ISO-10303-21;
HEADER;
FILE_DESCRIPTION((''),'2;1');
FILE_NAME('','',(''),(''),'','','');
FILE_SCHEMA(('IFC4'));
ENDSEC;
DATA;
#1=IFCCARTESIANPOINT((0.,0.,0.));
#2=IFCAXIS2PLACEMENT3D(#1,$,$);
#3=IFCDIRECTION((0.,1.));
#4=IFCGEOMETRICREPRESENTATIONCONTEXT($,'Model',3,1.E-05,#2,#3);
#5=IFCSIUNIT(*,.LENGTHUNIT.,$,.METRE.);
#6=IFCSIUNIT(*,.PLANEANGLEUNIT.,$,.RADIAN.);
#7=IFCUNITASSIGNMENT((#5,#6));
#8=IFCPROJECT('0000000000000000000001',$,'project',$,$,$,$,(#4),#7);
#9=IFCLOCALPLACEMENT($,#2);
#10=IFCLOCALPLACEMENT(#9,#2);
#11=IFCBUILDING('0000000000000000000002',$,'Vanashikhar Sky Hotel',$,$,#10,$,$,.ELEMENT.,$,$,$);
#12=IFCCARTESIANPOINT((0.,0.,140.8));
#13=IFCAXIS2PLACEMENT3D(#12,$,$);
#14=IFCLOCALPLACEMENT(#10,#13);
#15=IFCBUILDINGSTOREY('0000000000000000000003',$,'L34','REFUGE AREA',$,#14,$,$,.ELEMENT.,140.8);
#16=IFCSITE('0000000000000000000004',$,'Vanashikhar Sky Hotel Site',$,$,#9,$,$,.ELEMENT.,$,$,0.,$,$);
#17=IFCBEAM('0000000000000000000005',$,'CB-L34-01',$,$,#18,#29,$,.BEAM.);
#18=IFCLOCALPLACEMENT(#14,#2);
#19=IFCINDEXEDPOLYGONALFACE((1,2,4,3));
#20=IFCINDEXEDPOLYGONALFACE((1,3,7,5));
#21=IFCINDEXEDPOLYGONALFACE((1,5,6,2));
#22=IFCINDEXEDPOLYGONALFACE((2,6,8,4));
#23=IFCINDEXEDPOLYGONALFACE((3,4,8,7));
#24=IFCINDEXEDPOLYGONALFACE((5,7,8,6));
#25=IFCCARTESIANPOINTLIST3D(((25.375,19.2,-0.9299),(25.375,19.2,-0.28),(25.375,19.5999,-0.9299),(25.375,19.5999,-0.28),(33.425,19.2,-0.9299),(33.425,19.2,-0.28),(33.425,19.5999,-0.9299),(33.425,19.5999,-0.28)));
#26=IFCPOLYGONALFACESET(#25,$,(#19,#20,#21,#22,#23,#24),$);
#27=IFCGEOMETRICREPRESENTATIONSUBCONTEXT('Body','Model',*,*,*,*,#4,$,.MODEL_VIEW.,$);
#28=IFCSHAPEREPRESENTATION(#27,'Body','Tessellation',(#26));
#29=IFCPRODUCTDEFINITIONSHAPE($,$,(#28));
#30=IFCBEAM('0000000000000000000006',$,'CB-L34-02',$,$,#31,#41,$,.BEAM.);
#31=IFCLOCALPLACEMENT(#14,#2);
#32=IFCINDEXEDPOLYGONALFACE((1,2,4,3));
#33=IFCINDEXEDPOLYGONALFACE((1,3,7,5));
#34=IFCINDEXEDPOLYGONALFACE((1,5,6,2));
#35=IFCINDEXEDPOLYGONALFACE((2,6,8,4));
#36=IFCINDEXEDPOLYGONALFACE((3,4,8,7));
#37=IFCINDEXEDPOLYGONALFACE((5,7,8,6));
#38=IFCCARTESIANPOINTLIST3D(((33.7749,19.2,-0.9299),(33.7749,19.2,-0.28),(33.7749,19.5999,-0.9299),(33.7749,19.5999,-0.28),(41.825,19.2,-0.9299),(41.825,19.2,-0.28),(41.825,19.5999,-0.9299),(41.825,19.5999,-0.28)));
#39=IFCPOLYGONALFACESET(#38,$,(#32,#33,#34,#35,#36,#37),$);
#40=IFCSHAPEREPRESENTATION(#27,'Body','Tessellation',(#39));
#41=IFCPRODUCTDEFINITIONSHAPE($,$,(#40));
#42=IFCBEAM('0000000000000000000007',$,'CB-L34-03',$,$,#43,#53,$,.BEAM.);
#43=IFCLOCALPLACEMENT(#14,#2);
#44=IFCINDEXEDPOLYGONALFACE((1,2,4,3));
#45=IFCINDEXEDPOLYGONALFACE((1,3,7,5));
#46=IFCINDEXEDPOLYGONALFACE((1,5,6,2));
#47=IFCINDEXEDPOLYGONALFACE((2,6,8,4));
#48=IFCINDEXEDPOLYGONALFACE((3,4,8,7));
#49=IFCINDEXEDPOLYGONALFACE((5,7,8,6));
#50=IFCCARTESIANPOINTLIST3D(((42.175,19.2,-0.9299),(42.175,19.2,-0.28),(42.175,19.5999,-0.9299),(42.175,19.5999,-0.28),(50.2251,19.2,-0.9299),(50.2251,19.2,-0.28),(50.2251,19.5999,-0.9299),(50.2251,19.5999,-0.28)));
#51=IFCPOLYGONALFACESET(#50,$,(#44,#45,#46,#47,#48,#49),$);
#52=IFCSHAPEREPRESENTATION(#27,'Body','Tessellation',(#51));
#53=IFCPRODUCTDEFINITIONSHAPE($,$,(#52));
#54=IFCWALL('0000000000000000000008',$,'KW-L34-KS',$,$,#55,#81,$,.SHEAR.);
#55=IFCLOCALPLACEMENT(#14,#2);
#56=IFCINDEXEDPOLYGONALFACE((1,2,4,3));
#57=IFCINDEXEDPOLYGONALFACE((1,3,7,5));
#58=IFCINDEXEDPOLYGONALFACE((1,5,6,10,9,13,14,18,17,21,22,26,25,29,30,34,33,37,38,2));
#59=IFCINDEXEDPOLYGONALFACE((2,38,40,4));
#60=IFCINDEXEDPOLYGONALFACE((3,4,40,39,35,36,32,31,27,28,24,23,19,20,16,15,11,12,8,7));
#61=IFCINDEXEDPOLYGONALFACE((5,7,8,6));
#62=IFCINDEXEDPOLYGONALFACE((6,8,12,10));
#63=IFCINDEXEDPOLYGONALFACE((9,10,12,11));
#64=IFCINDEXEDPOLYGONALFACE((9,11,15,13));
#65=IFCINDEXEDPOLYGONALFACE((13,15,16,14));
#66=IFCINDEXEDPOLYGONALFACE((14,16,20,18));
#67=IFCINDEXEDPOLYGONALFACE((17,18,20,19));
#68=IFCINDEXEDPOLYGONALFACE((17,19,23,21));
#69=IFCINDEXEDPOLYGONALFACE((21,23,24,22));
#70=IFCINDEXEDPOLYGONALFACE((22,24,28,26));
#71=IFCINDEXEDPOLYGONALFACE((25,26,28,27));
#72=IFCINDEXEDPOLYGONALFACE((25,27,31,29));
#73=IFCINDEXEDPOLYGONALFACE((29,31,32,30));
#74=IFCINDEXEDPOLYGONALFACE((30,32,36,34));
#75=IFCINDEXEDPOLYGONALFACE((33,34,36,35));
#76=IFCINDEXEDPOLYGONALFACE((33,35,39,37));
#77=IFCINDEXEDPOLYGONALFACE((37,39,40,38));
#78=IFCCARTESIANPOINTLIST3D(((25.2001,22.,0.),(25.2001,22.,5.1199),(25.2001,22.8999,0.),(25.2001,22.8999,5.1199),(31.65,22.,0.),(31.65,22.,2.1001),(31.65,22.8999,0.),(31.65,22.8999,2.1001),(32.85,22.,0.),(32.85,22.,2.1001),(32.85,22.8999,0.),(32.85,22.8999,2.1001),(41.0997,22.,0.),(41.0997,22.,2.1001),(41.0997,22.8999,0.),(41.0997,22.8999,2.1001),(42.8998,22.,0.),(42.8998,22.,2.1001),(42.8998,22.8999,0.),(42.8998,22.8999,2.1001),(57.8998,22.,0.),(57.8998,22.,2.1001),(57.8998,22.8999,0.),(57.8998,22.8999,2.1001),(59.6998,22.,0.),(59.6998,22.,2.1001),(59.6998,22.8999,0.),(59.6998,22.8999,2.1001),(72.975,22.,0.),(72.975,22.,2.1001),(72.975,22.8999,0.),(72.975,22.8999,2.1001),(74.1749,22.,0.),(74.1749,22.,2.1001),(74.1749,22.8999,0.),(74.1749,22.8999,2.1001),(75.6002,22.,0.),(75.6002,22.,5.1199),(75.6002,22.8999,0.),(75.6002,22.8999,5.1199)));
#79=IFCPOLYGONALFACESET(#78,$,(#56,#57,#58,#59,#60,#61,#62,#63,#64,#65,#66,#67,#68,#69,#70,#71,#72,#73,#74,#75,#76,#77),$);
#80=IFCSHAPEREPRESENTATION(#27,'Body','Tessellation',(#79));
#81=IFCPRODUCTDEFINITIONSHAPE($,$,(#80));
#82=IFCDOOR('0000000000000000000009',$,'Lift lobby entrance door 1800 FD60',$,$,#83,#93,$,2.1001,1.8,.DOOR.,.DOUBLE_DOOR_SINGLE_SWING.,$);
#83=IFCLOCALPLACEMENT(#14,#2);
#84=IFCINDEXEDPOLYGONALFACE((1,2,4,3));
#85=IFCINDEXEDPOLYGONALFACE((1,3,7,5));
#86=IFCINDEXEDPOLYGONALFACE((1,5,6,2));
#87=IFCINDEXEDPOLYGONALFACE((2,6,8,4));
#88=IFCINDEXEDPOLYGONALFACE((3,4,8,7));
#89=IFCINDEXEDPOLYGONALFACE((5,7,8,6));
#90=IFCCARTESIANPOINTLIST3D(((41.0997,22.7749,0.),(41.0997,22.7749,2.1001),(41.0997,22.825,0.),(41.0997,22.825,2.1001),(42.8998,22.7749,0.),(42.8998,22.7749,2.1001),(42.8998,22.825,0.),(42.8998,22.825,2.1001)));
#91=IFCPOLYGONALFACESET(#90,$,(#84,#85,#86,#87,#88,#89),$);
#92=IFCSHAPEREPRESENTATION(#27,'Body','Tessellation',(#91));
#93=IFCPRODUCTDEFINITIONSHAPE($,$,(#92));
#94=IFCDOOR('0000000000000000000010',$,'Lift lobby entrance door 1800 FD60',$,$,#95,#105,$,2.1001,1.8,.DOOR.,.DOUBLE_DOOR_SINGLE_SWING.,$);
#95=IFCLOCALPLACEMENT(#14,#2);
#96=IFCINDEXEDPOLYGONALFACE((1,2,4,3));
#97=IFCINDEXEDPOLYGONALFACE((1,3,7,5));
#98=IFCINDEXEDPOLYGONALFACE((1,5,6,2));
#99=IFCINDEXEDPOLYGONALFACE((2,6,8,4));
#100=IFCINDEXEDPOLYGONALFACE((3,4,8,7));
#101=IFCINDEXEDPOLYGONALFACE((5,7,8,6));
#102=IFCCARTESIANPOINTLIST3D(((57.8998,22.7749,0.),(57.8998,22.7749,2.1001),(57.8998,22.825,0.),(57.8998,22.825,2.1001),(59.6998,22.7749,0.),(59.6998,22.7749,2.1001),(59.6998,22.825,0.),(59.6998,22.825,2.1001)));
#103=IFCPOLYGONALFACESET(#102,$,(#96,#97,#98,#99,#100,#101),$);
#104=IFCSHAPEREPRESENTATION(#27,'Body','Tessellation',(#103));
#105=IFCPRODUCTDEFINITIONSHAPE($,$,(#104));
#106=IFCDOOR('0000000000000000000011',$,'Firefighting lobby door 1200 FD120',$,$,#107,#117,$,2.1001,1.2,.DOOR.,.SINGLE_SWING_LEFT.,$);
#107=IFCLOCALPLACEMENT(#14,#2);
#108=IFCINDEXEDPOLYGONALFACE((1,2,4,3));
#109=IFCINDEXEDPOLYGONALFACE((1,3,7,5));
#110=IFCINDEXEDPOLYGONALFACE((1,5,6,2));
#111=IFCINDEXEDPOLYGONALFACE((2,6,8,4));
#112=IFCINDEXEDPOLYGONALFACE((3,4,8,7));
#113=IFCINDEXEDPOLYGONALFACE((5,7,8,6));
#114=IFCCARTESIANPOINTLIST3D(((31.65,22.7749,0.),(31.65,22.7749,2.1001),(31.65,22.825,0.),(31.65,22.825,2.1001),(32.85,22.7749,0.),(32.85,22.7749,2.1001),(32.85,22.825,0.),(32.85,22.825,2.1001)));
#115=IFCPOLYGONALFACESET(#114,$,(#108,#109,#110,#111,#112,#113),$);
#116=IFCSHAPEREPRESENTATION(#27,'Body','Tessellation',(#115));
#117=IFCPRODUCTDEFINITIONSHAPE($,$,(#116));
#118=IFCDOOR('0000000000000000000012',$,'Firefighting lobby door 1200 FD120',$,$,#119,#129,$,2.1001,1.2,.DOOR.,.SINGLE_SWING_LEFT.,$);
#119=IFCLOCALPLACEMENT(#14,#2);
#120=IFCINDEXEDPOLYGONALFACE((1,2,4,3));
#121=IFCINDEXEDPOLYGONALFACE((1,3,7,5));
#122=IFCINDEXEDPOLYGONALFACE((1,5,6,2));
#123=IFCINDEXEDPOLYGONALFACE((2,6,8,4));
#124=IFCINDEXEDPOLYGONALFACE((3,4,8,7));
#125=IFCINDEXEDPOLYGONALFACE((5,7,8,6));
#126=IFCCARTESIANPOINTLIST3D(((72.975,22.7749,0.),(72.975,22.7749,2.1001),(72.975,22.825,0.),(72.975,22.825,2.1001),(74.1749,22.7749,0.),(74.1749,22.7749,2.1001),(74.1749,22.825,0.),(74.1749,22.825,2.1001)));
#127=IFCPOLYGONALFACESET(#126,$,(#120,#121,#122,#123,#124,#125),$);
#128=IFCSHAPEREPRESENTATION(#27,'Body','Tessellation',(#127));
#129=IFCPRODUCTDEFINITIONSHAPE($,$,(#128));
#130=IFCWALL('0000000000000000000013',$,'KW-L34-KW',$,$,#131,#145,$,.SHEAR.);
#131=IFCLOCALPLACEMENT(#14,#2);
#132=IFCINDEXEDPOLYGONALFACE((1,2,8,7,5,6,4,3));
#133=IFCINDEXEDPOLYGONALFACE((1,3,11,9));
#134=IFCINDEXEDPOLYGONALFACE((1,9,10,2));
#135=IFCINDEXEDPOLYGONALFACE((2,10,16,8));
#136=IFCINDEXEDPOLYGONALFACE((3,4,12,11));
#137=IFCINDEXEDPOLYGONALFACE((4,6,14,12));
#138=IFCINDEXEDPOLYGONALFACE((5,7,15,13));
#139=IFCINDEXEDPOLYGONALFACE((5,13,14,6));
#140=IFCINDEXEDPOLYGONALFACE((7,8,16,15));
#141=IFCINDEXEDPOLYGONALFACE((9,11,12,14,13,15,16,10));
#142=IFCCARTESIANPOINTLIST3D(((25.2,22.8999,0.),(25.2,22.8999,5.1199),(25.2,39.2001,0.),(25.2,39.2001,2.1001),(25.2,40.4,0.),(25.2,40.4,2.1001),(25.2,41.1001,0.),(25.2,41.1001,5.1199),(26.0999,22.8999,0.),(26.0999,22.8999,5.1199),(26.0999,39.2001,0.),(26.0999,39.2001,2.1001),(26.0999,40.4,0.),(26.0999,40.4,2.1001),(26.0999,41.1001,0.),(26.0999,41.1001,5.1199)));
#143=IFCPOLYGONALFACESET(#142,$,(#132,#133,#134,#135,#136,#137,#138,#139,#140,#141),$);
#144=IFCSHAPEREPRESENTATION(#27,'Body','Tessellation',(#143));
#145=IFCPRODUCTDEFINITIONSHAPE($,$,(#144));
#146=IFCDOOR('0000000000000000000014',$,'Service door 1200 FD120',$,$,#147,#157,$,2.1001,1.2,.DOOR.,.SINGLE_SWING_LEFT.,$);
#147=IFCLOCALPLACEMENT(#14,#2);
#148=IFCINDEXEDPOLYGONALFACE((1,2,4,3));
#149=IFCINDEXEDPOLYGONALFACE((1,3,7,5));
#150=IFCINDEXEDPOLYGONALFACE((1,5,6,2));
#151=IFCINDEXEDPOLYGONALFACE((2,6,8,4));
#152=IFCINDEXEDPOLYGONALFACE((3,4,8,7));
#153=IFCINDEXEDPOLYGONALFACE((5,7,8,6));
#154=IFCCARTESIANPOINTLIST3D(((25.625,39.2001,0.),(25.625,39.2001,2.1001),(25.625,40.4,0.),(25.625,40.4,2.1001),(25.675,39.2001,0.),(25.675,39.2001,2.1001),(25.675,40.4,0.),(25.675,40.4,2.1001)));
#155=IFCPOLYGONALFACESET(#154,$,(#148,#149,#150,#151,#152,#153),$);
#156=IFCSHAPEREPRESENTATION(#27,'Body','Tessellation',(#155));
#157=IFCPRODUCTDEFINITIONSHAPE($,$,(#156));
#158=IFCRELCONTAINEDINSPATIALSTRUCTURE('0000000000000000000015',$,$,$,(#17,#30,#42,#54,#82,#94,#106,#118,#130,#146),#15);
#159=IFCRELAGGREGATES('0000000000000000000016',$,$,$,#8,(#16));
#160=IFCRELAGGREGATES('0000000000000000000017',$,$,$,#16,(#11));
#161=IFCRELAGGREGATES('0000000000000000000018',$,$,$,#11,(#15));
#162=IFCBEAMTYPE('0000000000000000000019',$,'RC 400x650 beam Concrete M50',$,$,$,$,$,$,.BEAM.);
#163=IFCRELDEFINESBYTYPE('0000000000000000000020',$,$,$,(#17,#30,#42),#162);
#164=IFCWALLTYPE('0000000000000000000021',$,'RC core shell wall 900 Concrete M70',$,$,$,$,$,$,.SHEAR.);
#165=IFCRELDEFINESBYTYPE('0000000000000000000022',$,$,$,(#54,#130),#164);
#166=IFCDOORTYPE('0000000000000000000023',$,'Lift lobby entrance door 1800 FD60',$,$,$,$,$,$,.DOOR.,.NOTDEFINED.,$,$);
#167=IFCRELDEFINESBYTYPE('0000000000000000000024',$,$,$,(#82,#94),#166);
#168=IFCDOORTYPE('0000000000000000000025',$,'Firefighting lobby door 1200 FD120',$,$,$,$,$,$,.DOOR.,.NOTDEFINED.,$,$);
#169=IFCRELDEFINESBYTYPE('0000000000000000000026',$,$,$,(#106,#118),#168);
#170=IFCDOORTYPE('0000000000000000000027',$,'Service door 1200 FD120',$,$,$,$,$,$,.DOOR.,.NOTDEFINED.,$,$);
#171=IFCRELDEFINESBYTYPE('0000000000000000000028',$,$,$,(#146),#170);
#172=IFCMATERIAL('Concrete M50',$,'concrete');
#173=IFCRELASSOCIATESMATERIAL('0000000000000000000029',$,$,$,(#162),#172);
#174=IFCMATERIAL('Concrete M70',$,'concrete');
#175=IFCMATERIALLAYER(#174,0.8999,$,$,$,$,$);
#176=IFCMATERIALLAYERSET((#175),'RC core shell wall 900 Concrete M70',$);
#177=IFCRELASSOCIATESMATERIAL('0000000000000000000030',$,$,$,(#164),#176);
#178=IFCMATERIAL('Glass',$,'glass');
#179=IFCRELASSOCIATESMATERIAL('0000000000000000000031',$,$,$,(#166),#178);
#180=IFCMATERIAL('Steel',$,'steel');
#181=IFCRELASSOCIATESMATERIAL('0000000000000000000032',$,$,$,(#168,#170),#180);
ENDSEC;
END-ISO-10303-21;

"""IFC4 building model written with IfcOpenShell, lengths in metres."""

from ifc_helpers import new_model, si_unit, direction, frame, frame_2d, origin, origin_2d, place, context, subcontext, project, spatial, rectangle, extrude, source, transform, mapped, material, layer, layer_set, material_profile, profile_set, type_object, element, fill, save


model = new_model("IFC4")

# Units and contexts
model_context = context("Model", 3, precision=1e-05, world=origin(), true_north=direction((0.0, 1.0)))
body_context = subcontext(model_context, "Body", "Model", "MODEL_VIEW")
ifc_project = project(units=[si_unit("LENGTHUNIT", "METRE"), si_unit("PLANEANGLEUNIT", "RADIAN")], contexts=[model_context])

# Site, building, storey
site_placement = place(None, origin())
site = spatial("IfcSite", under=ifc_project, at=site_placement, Name="Vanashikhar Sky Hotel Site", CompositionType="ELEMENT", RefElevation=0.0)
building_placement = place(site_placement, origin())
building = spatial("IfcBuilding", under=site, at=building_placement, Name="Vanashikhar Sky Hotel", CompositionType="ELEMENT")
storey_placement = place(building_placement, frame((0.0, 0.0, 140.8)))
storey = spatial("IfcBuildingStorey", under=building, at=storey_placement, Name="L34", Description="REFUGE AREA", CompositionType="ELEMENT", Elevation=140.8)

# Beams
ifc_material_1 = material(Name="Concrete M50", Category="concrete")
ifc_material_profile = material_profile(ifc_material_1, rectangle(XDim=0.3999, YDim=0.6499, at=origin_2d()))
ifc_profile_set = profile_set([ifc_material_profile], Name="RC 400x650 beam Concrete M50")
beam_type = type_object("IfcBeamType", Name="RC 400x650 beam Concrete M50", PredefinedType="BEAM", material=ifc_profile_set)
shared_shape_1 = source(origin(), body_context, "Body", "SweptSolid", [
    extrude(rectangle(XDim=0.3999, YDim=0.6499, at=origin_2d()), origin(), (0.0, 0.0, 1.0), 8.05),
])
for number, where, z_axis, x_axis, name in (
    (1, (25.375, 19.3999, -0.605), (1.0, 0.0, 0.0), (0.0, 1.0, 0.0), "CB-L34-01"),
    (2, (33.7749, 19.3999, -0.605), (1.0, 0.0, 0.0), (0.0, 1.0, 0.0), "CB-L34-02"),
    (3, (42.175, 19.3999, -0.605), (1.0, 0.0, 0.0), (0.0, 1.0, 0.0), "CB-L34-03"),
):
    element("IfcBeam", number, at=place(storey_placement, frame(where, z_axis=z_axis, x_axis=x_axis)), inside=storey, type_object=beam_type, Name=name, PredefinedType="BEAM", context=body_context, shape_type="MappedRepresentation", body=[
        mapped(shared_shape_1, transform((0.0, 0.0, 0.0), scale=1.0)),
    ])

# Wall, openings, doors
ifc_material_2 = material(Name="Concrete M70", Category="concrete")
ifc_layer_1 = layer(ifc_material_2, 0.8999)
ifc_layer_set_1 = layer_set([ifc_layer_1], Name="RC core shell wall 900 Concrete M70")
wall_type_1 = type_object("IfcWallType", Name="RC core shell wall 900 Concrete M70", PredefinedType="SHEAR", material=ifc_layer_set_1)
shared_shape_2 = source(origin(), body_context, "Body", "SweptSolid", [
    extrude(rectangle(XDim=50.4001, YDim=0.8999, at=frame_2d((25.2002, 0.0))), origin(), (0.0, 0.0, 1.0), 5.1199),
])
wall_1_placement = place(storey_placement, frame((25.2, 22.45, 0.0), z_axis=(0.0, 0.0, 1.0), x_axis=(1.0, 0.0, 0.0)))
wall_1 = element("IfcWall", 4, at=wall_1_placement, inside=storey, type_object=wall_type_1, Name="KW-L34-KS", PredefinedType="SHEAR", context=body_context, shape_type="MappedRepresentation", body=[
    mapped(shared_shape_2, transform((0.0, 0.0, 0.0), scale=1.0)),
])
shared_shape_3 = source(origin(), body_context, "Body", "SweptSolid", [
    extrude(rectangle(XDim=1.8, YDim=2.1001, at=frame_2d((0.8999, 1.05))), frame((0.0, 0.46, 0.0), z_axis=(0.0, -1.0, 0.0), x_axis=(1.0, 0.0, 0.0)), (0.0, 0.0, 1.0), 0.9199),
])
opening_1_placement = place(wall_1_placement, frame((15.8999, 0.0, 0.0)))
opening_1 = element("IfcOpeningElement", 5, at=opening_1_placement, cuts=wall_1, PredefinedType="OPENING", context=body_context, shape_type="MappedRepresentation", body=[
    mapped(shared_shape_3, transform((0.0, 0.0, 0.0), scale=1.0)),
])
opening_2_placement = place(wall_1_placement, frame((32.7, 0.0, 0.0)))
opening_2 = element("IfcOpeningElement", 6, at=opening_2_placement, cuts=wall_1, PredefinedType="OPENING", context=body_context, shape_type="MappedRepresentation", body=[
    mapped(shared_shape_3, transform((0.0, 0.0, 0.0), scale=1.0)),
])
shared_shape_4 = source(origin(), body_context, "Body", "SweptSolid", [
    extrude(rectangle(XDim=1.2, YDim=2.1001, at=frame_2d((0.6001, 1.05))), frame((0.0, 0.46, 0.0), z_axis=(0.0, -1.0, 0.0), x_axis=(1.0, 0.0, 0.0)), (0.0, 0.0, 1.0), 0.9199),
])
opening_3_placement = place(wall_1_placement, frame((6.45, 0.0, 0.0)))
opening_3 = element("IfcOpeningElement", 7, at=opening_3_placement, cuts=wall_1, PredefinedType="OPENING", context=body_context, shape_type="MappedRepresentation", body=[
    mapped(shared_shape_4, transform((0.0, 0.0, 0.0), scale=1.0)),
])
opening_4_placement = place(wall_1_placement, frame((47.7749, 0.0, 0.0)))
opening_4 = element("IfcOpeningElement", 8, at=opening_4_placement, cuts=wall_1, PredefinedType="OPENING", context=body_context, shape_type="MappedRepresentation", body=[
    mapped(shared_shape_4, transform((0.0, 0.0, 0.0), scale=1.0)),
])
ifc_material_3 = material(Name="Glass", Category="glass")
door_type_1 = type_object("IfcDoorType", Name="Lift lobby entrance door 1800 FD60", OperationType="NOTDEFINED", PredefinedType="DOOR", material=ifc_material_3)
shared_shape_5 = source(origin(), body_context, "Body", "SweptSolid", [
    extrude(rectangle(XDim=1.8, YDim=2.1001, at=frame_2d((0.8999, 1.05))), frame((0.0, 0.375, 0.0), z_axis=(0.0, -1.0, 0.0), x_axis=(1.0, 0.0, 0.0)), (0.0, 0.0, 1.0), 0.05),
])
door_1_placement = place(opening_1_placement, origin())
door_1 = element("IfcDoor", 9, at=door_1_placement, inside=storey, type_object=door_type_1, Name="Lift lobby entrance door 1800 FD60", OperationType="DOUBLE_DOOR_SINGLE_SWING", OverallHeight=2.1001, OverallWidth=1.8, PredefinedType="DOOR", context=body_context, shape_type="MappedRepresentation", body=[
    mapped(shared_shape_5, transform((0.0, 0.0, 0.0), scale=1.0)),
])
fill(opening_1, door_1)
door_2_placement = place(opening_2_placement, origin())
door_2 = element("IfcDoor", 10, at=door_2_placement, inside=storey, type_object=door_type_1, Name="Lift lobby entrance door 1800 FD60", OperationType="DOUBLE_DOOR_SINGLE_SWING", OverallHeight=2.1001, OverallWidth=1.8, PredefinedType="DOOR", context=body_context, shape_type="MappedRepresentation", body=[
    mapped(shared_shape_5, transform((0.0, 0.0, 0.0), scale=1.0)),
])
fill(opening_2, door_2)
ifc_material_4 = material(Name="Steel", Category="steel")
door_type_2 = type_object("IfcDoorType", Name="Firefighting lobby door 1200 FD120", OperationType="NOTDEFINED", PredefinedType="DOOR", material=ifc_material_4)
shared_shape_6 = source(origin(), body_context, "Body", "SweptSolid", [
    extrude(rectangle(XDim=1.2, YDim=2.1001, at=frame_2d((0.6001, 1.05))), frame((0.0, 0.375, 0.0), z_axis=(0.0, -1.0, 0.0), x_axis=(1.0, 0.0, 0.0)), (0.0, 0.0, 1.0), 0.05),
])
door_3_placement = place(opening_3_placement, origin())
door_3 = element("IfcDoor", 11, at=door_3_placement, inside=storey, type_object=door_type_2, Name="Firefighting lobby door 1200 FD120", OperationType="SINGLE_SWING_LEFT", OverallHeight=2.1001, OverallWidth=1.2, PredefinedType="DOOR", context=body_context, shape_type="MappedRepresentation", body=[
    mapped(shared_shape_6, transform((0.0, 0.0, 0.0), scale=1.0)),
])
fill(opening_3, door_3)
door_4_placement = place(opening_4_placement, origin())
door_4 = element("IfcDoor", 12, at=door_4_placement, inside=storey, type_object=door_type_2, Name="Firefighting lobby door 1200 FD120", OperationType="SINGLE_SWING_LEFT", OverallHeight=2.1001, OverallWidth=1.2, PredefinedType="DOOR", context=body_context, shape_type="MappedRepresentation", body=[
    mapped(shared_shape_6, transform((0.0, 0.0, 0.0), scale=1.0)),
])
fill(opening_4, door_4)

# Wall, opening, door
shared_shape_7 = source(origin(), body_context, "Body", "SweptSolid", [
    extrude(rectangle(XDim=18.2002, YDim=0.8999, at=frame_2d((9.1001, 0.0))), origin(), (0.0, 0.0, 1.0), 5.1199),
])
wall_2_placement = place(storey_placement, frame((25.6499, 22.8999, 0.0), z_axis=(0.0, 0.0, 1.0), x_axis=(0.0, 1.0, 0.0)))
wall_2 = element("IfcWall", 13, at=wall_2_placement, inside=storey, type_object=wall_type_1, Name="KW-L34-KW", PredefinedType="SHEAR", context=body_context, shape_type="MappedRepresentation", body=[
    mapped(shared_shape_7, transform((0.0, 0.0, 0.0), scale=1.0)),
])
opening_5_placement = place(wall_2_placement, frame((16.3, 0.0, 0.0)))
opening_5 = element("IfcOpeningElement", 14, at=opening_5_placement, cuts=wall_2, PredefinedType="OPENING", context=body_context, shape_type="MappedRepresentation", body=[
    mapped(shared_shape_4, transform((0.0, 0.0, 0.0), scale=1.0)),
])
door_type_3 = type_object("IfcDoorType", Name="Service door 1200 FD120", OperationType="NOTDEFINED", PredefinedType="DOOR", material=ifc_material_4)
shared_shape_8 = source(origin(), body_context, "Body", "SweptSolid", [
    extrude(rectangle(XDim=1.2, YDim=2.1001, at=frame_2d((0.6001, 1.05))), frame((0.0, 0.0249, 0.0), z_axis=(0.0, -1.0, 0.0), x_axis=(1.0, 0.0, 0.0)), (0.0, 0.0, 1.0), 0.05),
])
door_5_placement = place(opening_5_placement, origin())
door_5 = element("IfcDoor", 15, at=door_5_placement, inside=storey, type_object=door_type_3, Name="Service door 1200 FD120", OperationType="SINGLE_SWING_LEFT", OverallHeight=2.1001, OverallWidth=1.2, PredefinedType="DOOR", context=body_context, shape_type="MappedRepresentation", body=[
    mapped(shared_shape_8, transform((0.0, 0.0, 0.0), scale=1.0)),
])
fill(opening_5, door_5)

save(model, "model.ifc")
